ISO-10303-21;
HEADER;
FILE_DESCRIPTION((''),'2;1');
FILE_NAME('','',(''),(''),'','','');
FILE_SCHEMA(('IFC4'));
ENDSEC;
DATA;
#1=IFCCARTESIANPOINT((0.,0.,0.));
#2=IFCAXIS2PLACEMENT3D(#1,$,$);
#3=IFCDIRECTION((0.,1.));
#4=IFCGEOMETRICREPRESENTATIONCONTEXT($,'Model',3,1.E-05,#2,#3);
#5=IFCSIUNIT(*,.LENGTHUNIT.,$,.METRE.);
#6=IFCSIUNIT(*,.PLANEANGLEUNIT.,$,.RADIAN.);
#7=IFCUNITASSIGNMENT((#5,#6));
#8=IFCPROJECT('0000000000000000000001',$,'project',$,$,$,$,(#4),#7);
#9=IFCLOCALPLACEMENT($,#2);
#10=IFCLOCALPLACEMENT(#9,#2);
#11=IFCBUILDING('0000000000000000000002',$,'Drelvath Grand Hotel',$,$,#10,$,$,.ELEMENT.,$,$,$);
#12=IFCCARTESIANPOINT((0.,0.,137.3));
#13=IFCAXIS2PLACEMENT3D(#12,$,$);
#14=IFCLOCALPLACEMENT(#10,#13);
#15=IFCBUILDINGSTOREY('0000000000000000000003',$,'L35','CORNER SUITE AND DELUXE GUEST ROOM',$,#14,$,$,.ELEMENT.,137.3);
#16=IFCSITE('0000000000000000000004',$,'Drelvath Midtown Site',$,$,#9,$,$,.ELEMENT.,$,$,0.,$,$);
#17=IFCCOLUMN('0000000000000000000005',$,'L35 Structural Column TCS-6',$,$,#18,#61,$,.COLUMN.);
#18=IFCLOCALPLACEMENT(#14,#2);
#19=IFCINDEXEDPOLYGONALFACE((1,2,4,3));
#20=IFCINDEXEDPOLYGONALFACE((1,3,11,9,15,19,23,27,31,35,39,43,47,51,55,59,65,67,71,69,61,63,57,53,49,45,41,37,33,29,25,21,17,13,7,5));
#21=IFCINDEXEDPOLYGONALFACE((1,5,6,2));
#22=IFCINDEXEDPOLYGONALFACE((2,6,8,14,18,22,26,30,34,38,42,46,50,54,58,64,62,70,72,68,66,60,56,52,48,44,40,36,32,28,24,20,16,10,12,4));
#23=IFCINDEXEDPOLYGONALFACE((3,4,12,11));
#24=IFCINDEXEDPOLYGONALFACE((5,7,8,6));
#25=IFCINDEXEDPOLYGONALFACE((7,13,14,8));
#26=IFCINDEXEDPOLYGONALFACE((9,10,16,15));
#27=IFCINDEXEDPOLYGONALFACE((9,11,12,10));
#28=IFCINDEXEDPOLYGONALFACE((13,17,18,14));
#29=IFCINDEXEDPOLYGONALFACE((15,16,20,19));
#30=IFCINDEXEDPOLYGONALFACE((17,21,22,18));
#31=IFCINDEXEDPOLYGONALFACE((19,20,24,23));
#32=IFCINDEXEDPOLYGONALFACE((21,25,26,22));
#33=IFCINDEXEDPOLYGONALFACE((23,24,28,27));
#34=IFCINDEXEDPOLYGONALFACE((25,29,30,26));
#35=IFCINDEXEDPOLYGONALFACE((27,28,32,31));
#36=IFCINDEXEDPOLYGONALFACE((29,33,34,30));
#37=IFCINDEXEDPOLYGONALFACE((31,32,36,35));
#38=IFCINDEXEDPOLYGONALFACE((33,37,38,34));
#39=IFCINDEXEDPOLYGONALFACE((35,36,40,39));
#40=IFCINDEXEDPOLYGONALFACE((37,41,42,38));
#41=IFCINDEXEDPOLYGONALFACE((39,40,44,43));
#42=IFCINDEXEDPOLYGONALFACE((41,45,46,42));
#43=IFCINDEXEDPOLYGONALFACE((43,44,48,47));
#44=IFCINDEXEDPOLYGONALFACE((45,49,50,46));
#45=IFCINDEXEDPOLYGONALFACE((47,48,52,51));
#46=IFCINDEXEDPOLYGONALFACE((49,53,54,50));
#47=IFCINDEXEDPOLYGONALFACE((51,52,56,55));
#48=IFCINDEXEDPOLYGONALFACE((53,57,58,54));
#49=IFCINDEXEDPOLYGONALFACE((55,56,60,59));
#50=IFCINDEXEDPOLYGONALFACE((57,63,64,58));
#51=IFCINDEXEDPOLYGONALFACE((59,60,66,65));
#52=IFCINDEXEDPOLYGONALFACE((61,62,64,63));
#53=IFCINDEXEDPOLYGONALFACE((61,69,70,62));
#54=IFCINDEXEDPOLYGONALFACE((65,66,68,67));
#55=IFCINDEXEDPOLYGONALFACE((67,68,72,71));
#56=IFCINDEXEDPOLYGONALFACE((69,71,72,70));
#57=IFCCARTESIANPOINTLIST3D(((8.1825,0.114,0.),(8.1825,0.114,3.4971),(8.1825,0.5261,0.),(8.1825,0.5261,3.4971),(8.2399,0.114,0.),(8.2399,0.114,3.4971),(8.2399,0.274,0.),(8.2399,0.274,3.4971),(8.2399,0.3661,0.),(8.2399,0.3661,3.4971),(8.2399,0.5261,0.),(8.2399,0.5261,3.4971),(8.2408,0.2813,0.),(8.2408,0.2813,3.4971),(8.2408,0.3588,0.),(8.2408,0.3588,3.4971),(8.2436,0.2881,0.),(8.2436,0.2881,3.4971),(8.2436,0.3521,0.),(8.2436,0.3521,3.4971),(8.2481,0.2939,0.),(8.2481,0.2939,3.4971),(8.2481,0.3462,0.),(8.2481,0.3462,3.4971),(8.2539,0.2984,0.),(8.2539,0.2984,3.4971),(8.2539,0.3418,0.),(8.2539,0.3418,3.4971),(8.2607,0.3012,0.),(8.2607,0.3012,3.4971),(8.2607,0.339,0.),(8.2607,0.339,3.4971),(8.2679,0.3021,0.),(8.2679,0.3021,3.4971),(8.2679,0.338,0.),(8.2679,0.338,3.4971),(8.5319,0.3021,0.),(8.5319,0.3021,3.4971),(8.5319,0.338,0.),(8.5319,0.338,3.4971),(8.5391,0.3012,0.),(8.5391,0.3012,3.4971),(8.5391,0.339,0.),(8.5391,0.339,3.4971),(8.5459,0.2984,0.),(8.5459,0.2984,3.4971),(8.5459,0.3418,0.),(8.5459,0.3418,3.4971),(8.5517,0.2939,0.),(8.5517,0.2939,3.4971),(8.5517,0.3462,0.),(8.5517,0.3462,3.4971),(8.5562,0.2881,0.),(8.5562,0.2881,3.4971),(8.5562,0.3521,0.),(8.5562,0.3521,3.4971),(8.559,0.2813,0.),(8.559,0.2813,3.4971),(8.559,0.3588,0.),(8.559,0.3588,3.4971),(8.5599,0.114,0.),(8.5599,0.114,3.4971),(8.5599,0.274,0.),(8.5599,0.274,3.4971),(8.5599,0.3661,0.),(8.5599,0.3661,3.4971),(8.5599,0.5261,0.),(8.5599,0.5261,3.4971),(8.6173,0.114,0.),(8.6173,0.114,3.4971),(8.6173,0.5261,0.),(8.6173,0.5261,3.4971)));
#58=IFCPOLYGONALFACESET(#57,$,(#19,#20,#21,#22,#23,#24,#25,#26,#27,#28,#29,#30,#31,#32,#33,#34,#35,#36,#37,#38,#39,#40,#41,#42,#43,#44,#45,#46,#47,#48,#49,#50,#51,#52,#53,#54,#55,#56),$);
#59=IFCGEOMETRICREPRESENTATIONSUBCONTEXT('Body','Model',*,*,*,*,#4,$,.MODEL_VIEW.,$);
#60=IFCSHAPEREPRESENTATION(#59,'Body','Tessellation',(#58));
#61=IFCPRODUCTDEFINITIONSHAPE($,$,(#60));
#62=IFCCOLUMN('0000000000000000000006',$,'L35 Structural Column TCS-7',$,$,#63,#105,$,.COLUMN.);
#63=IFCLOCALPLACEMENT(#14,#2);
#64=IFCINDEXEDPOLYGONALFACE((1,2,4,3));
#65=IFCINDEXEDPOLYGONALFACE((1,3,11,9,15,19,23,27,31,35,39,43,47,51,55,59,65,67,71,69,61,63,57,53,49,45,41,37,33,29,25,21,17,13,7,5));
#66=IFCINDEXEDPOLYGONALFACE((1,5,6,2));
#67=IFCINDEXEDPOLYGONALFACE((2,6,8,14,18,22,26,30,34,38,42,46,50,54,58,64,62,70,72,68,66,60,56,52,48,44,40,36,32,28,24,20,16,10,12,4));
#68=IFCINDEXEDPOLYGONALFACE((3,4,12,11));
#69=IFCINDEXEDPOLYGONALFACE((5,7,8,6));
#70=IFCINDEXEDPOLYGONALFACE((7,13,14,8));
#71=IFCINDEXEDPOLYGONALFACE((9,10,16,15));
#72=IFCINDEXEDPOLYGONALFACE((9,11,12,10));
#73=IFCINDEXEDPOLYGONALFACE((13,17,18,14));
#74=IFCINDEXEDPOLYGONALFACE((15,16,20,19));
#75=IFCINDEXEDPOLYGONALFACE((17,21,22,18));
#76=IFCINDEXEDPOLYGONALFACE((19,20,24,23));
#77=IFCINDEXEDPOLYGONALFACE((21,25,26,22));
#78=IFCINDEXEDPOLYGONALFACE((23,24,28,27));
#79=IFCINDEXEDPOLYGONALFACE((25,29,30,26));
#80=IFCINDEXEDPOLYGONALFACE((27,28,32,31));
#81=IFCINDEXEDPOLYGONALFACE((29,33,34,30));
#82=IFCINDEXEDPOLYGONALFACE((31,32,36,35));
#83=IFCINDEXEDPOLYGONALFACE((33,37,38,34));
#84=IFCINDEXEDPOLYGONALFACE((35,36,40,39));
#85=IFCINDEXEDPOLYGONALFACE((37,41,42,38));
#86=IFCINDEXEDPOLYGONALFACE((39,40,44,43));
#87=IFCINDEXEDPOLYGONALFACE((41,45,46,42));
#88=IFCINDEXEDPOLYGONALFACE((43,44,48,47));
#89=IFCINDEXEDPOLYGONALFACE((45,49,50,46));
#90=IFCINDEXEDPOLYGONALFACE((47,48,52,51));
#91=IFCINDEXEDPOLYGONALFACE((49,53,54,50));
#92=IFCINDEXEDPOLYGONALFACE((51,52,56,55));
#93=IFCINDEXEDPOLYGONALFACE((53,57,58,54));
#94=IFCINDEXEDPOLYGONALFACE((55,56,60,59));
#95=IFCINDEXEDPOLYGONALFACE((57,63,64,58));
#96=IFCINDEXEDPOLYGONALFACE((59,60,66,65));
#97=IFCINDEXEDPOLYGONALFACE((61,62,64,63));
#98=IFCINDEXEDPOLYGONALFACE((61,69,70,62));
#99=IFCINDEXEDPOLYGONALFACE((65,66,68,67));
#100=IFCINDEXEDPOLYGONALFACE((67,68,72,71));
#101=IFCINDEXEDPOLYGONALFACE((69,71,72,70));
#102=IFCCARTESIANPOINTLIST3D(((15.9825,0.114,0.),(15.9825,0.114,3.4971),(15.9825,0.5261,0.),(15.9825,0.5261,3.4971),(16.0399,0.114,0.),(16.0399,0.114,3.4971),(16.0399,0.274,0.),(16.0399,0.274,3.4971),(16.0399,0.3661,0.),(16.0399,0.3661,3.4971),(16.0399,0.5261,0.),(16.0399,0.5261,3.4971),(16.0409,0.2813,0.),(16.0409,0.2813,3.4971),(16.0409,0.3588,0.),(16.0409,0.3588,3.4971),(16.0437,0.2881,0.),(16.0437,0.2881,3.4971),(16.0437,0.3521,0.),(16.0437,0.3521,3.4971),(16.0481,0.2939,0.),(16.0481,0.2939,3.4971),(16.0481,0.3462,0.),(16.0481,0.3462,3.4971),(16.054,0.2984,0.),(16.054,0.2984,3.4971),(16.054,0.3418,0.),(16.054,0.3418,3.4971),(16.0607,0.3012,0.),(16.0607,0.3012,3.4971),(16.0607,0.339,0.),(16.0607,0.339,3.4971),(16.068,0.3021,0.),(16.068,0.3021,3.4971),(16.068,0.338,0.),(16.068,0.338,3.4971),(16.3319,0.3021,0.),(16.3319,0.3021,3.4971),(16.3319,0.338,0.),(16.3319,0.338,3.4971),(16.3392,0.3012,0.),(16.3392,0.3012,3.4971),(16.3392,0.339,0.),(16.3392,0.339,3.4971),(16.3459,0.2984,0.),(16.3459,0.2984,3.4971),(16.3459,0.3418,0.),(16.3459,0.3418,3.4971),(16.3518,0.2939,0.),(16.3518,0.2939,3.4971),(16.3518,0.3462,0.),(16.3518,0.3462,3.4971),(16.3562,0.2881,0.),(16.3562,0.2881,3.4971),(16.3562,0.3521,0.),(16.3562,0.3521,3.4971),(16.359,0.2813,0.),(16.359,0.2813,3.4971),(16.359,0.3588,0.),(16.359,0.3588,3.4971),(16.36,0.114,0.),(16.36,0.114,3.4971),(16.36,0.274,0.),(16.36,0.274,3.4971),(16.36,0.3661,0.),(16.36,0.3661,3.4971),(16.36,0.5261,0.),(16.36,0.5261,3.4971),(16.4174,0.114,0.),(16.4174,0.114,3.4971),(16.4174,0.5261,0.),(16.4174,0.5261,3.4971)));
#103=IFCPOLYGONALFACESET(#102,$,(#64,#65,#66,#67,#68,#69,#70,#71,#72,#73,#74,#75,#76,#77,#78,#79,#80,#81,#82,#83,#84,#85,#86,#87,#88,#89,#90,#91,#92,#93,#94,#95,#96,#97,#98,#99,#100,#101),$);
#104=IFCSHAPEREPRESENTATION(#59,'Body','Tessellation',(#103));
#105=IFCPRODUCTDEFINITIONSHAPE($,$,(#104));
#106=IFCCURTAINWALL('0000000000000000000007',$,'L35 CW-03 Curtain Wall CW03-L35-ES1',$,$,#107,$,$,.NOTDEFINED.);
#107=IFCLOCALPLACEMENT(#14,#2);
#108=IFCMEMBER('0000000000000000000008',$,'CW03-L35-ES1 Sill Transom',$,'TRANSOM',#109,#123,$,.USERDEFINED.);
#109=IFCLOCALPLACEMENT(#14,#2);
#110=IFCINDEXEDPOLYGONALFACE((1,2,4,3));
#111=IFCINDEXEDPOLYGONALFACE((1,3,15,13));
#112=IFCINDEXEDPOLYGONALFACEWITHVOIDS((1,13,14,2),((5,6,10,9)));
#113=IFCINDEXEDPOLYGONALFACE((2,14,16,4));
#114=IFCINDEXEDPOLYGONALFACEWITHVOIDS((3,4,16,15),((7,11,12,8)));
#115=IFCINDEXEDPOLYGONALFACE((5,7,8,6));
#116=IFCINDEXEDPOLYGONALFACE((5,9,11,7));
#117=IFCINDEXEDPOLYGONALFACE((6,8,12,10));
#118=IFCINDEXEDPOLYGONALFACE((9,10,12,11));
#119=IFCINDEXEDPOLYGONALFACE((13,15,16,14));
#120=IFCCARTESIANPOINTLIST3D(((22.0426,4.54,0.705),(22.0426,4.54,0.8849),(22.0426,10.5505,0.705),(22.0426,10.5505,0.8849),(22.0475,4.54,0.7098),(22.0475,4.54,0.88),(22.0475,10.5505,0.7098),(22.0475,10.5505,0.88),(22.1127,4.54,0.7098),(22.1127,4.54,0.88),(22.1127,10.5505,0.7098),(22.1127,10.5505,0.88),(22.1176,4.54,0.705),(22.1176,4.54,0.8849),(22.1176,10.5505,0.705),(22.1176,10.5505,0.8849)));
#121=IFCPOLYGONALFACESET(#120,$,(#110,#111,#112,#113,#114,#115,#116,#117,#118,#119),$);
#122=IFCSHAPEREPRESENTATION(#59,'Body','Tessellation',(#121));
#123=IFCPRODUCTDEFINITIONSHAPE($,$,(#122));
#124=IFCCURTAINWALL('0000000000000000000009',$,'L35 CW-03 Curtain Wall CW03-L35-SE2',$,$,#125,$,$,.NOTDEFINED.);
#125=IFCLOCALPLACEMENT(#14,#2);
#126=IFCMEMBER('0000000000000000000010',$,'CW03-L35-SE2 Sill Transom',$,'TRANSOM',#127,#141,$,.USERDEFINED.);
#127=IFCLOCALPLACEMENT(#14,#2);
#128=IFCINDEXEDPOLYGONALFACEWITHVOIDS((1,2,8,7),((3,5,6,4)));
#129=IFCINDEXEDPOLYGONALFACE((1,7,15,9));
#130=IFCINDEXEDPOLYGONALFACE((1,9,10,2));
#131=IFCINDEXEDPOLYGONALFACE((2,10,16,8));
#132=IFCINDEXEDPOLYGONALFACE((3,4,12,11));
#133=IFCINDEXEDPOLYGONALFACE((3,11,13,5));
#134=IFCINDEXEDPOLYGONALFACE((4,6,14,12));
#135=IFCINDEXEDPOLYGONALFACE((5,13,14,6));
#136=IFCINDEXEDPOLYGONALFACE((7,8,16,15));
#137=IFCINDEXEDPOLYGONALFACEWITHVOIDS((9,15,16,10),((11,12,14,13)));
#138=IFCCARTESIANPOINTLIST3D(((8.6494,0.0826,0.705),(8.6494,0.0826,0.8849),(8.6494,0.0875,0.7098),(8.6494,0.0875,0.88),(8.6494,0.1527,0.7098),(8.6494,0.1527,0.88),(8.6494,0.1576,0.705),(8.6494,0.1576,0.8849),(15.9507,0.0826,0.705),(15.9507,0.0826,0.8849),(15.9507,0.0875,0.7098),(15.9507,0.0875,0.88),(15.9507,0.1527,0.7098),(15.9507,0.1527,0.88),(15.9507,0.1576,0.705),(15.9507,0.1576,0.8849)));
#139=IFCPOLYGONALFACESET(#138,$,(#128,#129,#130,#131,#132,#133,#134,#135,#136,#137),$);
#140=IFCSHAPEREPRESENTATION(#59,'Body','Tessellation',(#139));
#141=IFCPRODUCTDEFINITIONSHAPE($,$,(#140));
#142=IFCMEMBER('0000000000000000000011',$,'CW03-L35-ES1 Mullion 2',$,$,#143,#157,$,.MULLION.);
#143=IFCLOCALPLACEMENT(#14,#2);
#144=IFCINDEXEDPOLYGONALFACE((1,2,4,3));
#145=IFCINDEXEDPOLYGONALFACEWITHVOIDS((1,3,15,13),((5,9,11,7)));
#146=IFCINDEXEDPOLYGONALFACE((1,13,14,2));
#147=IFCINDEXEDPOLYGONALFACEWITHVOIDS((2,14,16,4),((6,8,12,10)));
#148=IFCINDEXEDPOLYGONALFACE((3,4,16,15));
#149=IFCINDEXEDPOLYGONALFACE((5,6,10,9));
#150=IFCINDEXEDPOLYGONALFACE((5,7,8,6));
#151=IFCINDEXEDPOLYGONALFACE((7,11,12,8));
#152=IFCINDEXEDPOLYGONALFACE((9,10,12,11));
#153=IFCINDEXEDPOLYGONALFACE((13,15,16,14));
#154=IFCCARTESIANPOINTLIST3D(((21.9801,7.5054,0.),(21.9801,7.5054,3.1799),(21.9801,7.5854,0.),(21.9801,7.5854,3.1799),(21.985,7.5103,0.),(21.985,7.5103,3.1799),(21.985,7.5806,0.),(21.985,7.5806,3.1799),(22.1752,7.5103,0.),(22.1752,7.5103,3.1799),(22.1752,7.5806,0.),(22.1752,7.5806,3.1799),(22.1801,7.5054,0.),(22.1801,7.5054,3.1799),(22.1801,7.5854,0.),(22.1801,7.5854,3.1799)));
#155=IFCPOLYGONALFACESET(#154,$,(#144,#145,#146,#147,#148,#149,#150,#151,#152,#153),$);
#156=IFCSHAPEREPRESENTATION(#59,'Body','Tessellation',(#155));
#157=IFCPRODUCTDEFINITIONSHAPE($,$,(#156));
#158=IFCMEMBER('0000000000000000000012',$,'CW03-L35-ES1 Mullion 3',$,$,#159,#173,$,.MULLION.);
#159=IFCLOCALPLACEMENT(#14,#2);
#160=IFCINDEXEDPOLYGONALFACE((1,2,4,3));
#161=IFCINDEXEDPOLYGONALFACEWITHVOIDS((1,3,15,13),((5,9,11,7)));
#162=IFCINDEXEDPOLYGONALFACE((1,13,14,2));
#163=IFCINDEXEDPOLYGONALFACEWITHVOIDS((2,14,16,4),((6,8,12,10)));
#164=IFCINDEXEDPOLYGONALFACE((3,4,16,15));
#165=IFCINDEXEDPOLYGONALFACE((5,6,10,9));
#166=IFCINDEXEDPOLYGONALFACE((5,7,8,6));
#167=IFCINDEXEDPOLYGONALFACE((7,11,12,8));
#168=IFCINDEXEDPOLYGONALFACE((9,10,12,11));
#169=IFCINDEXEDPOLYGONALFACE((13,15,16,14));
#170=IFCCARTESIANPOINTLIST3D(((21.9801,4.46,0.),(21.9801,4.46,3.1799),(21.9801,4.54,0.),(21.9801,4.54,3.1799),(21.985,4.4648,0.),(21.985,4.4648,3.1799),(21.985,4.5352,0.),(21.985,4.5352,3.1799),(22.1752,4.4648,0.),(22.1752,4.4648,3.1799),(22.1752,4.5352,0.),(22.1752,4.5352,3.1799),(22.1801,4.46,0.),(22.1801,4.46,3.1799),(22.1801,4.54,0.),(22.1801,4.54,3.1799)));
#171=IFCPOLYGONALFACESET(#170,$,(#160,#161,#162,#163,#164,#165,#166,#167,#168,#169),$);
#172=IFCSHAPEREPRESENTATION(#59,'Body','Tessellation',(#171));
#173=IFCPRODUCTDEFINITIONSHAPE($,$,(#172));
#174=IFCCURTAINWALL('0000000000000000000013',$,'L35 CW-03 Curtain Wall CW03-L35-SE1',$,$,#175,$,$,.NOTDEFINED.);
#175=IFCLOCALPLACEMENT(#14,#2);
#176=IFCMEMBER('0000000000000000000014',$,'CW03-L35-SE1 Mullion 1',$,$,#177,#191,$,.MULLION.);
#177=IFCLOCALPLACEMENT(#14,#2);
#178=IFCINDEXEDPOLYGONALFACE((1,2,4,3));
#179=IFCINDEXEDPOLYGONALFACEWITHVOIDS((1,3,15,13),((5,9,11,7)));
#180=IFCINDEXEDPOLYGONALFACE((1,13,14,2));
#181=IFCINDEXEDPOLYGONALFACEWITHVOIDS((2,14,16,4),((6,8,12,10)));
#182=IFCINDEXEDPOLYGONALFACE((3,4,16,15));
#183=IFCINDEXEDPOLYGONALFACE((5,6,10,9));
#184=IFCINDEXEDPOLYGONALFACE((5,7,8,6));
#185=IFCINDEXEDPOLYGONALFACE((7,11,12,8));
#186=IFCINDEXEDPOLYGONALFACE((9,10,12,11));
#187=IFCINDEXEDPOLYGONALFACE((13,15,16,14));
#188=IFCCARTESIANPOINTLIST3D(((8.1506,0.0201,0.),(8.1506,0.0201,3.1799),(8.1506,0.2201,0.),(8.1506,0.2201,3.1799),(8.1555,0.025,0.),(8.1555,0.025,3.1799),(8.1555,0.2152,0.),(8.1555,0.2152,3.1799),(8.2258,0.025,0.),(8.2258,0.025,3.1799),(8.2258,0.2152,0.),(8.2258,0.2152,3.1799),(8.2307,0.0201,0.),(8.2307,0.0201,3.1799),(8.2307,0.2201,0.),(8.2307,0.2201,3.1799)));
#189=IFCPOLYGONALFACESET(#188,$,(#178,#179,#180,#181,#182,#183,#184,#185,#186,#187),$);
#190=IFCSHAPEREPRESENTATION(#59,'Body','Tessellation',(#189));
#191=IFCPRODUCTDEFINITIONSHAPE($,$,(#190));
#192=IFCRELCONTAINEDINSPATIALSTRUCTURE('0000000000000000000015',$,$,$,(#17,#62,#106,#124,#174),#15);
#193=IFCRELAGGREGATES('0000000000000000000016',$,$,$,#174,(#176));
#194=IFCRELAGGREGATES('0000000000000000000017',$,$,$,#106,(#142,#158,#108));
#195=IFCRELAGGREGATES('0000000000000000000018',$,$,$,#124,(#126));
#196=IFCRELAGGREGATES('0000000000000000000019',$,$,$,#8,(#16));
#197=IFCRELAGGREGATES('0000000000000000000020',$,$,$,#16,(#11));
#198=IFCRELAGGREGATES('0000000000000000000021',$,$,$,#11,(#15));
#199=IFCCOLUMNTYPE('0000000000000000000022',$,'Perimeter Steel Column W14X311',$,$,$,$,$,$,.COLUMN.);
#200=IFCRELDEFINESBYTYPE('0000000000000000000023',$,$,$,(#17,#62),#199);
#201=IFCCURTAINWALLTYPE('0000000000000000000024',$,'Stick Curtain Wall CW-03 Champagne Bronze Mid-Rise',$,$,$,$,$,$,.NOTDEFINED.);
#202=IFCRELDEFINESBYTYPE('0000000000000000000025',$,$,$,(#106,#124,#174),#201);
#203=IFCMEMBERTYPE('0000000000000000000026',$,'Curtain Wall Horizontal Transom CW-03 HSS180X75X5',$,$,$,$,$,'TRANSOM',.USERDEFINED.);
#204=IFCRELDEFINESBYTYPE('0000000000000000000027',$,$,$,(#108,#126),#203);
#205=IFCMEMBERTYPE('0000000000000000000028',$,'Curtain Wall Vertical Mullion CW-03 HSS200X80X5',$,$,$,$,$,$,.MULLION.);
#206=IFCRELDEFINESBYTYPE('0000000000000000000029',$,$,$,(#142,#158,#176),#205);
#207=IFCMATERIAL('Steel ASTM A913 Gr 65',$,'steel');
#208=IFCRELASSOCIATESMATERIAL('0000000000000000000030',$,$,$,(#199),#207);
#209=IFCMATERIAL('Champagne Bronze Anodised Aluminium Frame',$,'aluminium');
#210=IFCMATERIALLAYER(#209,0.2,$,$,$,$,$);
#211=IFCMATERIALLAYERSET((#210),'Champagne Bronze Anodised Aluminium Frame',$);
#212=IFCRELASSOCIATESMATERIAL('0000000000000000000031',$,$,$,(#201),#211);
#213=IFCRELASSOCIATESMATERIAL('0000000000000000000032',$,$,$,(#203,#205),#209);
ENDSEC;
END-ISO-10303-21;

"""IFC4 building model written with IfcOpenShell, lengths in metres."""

from ifc_helpers import new_model, si_unit, direction, frame, origin, origin_2d, place, context, subcontext, project, spatial, hollow_rectangle, i_section, extrude, material, layer, layer_set, material_profile, profile_set, type_object, element, aggregate, save


model = new_model("IFC4")

# Units and contexts
model_context = context("Model", 3, precision=1e-05, world=origin(), true_north=direction((0.0, 1.0)))
body_context = subcontext(model_context, "Body", "Model", "MODEL_VIEW")
ifc_project = project(units=[si_unit("LENGTHUNIT", "METRE"), si_unit("PLANEANGLEUNIT", "RADIAN")], contexts=[model_context])

# Site, building, storey
site_placement = place(None, origin())
site = spatial("IfcSite", under=ifc_project, at=site_placement, Name="Drelvath Midtown Site", CompositionType="ELEMENT", RefElevation=0.0)
building_placement = place(site_placement, origin())
building = spatial("IfcBuilding", under=site, at=building_placement, Name="Drelvath Grand Hotel", CompositionType="ELEMENT")
storey_placement = place(building_placement, frame((0.0, 0.0, 137.3)))
storey = spatial("IfcBuildingStorey", under=building, at=storey_placement, Name="L35", Description="CORNER SUITE AND DELUXE GUEST ROOM", CompositionType="ELEMENT", Elevation=137.3)

# Columns
ifc_material_1 = material(Name="Steel ASTM A913 Gr 65", Category="steel")
ifc_material_profile_1 = material_profile(ifc_material_1, i_section(OverallWidth=0.4121, OverallDepth=0.4348, WebThickness=0.0359, FlangeThickness=0.0574, FilletRadius=0.0281, at=origin_2d()), Name="W14X311")
ifc_profile_set_1 = profile_set([ifc_material_profile_1], Name="Steel ASTM A913 Gr 65")
column_type = type_object("IfcColumnType", Name="Perimeter Steel Column W14X311", PredefinedType="COLUMN", material=ifc_profile_set_1)
for number, where, z_axis, x_axis, name in (
    (1, (8.3999, 0.3201, 0.0), (0.0, 0.0, 1.0), (0.0, 1.0, 0.0), "L35 Structural Column TCS-6"),
    (2, (16.2, 0.3201, 0.0), (0.0, 0.0, 1.0), (0.0, 1.0, 0.0), "L35 Structural Column TCS-7"),
):
    element("IfcColumn", number, at=place(storey_placement, frame(where, z_axis=z_axis, x_axis=x_axis)), inside=storey, type_object=column_type, Name=name, PredefinedType="COLUMN", context=body_context, shape_type="SweptSolid", body=[
        extrude(i_section(OverallWidth=0.4121, OverallDepth=0.4348, WebThickness=0.0359, FlangeThickness=0.0574, FilletRadius=0.0281, at=origin_2d()), origin(), (0.0, 0.0, 1.0), 3.4971),
    ])

# Curtain walls, members
ifc_material_2 = material(Name="Champagne Bronze Anodised Aluminium Frame", Category="aluminium")
ifc_layer_1 = layer(ifc_material_2, 0.2)
ifc_layer_set_1 = layer_set([ifc_layer_1], Name="Champagne Bronze Anodised Aluminium Frame")
curtain_wall_type = type_object("IfcCurtainWallType", Name="Stick Curtain Wall CW-03 Champagne Bronze Mid-Rise", PredefinedType="NOTDEFINED", material=ifc_layer_set_1)
curtain_wall_1_placement = place(storey_placement, origin())
curtain_wall_1 = element("IfcCurtainWall", 3, at=curtain_wall_1_placement, inside=storey, type_object=curtain_wall_type, Name="L35 CW-03 Curtain Wall CW03-L35-ES1", PredefinedType="NOTDEFINED")
ifc_material_profile_2 = material_profile(ifc_material_2, hollow_rectangle(XDim=0.075, YDim=0.1799, WallThickness=0.0049, at=origin_2d()), Name="HSS180X75X5")
ifc_profile_set_2 = profile_set([ifc_material_profile_2], Name="Champagne Bronze Anodised Aluminium Frame")
member_type_1 = type_object("IfcMemberType", Name="Curtain Wall Horizontal Transom CW-03 HSS180X75X5", ElementType="TRANSOM", PredefinedType="USERDEFINED", material=ifc_profile_set_2)
member_1_placement = place(storey_placement, frame((22.0801, 10.5505, 0.7949), z_axis=(0.0, -1.0, 0.0), x_axis=(1.0, 0.0, 0.0)))
member_1 = element("IfcMember", 4, at=member_1_placement, type_object=member_type_1, Name="CW03-L35-ES1 Sill Transom", ObjectType="TRANSOM", PredefinedType="USERDEFINED", context=body_context, shape_type="SweptSolid", body=[
    extrude(hollow_rectangle(XDim=0.075, YDim=0.1799, WallThickness=0.0049, at=origin_2d()), origin(), (0.0, 0.0, 1.0), 6.0105),
])
curtain_wall_2_placement = place(storey_placement, origin())
curtain_wall_2 = element("IfcCurtainWall", 5, at=curtain_wall_2_placement, inside=storey, type_object=curtain_wall_type, Name="L35 CW-03 Curtain Wall CW03-L35-SE2", PredefinedType="NOTDEFINED")
member_2_placement = place(storey_placement, frame((15.9507, 0.1201, 0.7949), z_axis=(-1.0, 0.0, 0.0), x_axis=(0.0, -1.0, 0.0)))
member_2 = element("IfcMember", 6, at=member_2_placement, type_object=member_type_1, Name="CW03-L35-SE2 Sill Transom", ObjectType="TRANSOM", PredefinedType="USERDEFINED", context=body_context, shape_type="SweptSolid", body=[
    extrude(hollow_rectangle(XDim=0.075, YDim=0.1799, WallThickness=0.0049, at=origin_2d()), origin(), (0.0, 0.0, 1.0), 7.3013),
])

# Members
ifc_material_profile_3 = material_profile(ifc_material_2, hollow_rectangle(XDim=0.0801, YDim=0.2, WallThickness=0.0049, at=origin_2d()), Name="HSS200X80X5")
ifc_profile_set_3 = profile_set([ifc_material_profile_3], Name="Champagne Bronze Anodised Aluminium Frame")
member_type_2 = type_object("IfcMemberType", Name="Curtain Wall Vertical Mullion CW-03 HSS200X80X5", PredefinedType="MULLION", material=ifc_profile_set_3)
member_3_placement = place(storey_placement, frame((22.0801, 7.5454, 0.0), z_axis=(0.0, 0.0, 1.0), x_axis=(0.0, 1.0, 0.0)))
member_3 = element("IfcMember", 7, at=member_3_placement, type_object=member_type_2, Name="CW03-L35-ES1 Mullion 2", PredefinedType="MULLION", context=body_context, shape_type="SweptSolid", body=[
    extrude(hollow_rectangle(XDim=0.0801, YDim=0.2, WallThickness=0.0049, at=origin_2d()), origin(), (0.0, 0.0, 1.0), 3.1799),
])
member_4_placement = place(storey_placement, frame((22.0801, 4.5, 0.0), z_axis=(0.0, 0.0, 1.0), x_axis=(0.0, 1.0, 0.0)))
member_4 = element("IfcMember", 8, at=member_4_placement, type_object=member_type_2, Name="CW03-L35-ES1 Mullion 3", PredefinedType="MULLION", context=body_context, shape_type="SweptSolid", body=[
    extrude(hollow_rectangle(XDim=0.0801, YDim=0.2, WallThickness=0.0049, at=origin_2d()), origin(), (0.0, 0.0, 1.0), 3.1799),
])

# Curtain wall, member
curtain_wall_3_placement = place(storey_placement, origin())
curtain_wall_3 = element("IfcCurtainWall", 9, at=curtain_wall_3_placement, inside=storey, type_object=curtain_wall_type, Name="L35 CW-03 Curtain Wall CW03-L35-SE1", PredefinedType="NOTDEFINED")
member_5_placement = place(storey_placement, frame((8.1907, 0.1201, 0.0), z_axis=(0.0, 0.0, 1.0), x_axis=(1.0, 0.0, 0.0)))
member_5 = element("IfcMember", 10, at=member_5_placement, type_object=member_type_2, Name="CW03-L35-SE1 Mullion 1", PredefinedType="MULLION", context=body_context, shape_type="SweptSolid", body=[
    extrude(hollow_rectangle(XDim=0.0801, YDim=0.2, WallThickness=0.0049, at=origin_2d()), origin(), (0.0, 0.0, 1.0), 3.1799),
])
aggregate(curtain_wall_3, [member_5])

aggregate(curtain_wall_1, [member_3, member_4, member_1])
aggregate(curtain_wall_2, [member_2])

save(model, "model.ifc")
